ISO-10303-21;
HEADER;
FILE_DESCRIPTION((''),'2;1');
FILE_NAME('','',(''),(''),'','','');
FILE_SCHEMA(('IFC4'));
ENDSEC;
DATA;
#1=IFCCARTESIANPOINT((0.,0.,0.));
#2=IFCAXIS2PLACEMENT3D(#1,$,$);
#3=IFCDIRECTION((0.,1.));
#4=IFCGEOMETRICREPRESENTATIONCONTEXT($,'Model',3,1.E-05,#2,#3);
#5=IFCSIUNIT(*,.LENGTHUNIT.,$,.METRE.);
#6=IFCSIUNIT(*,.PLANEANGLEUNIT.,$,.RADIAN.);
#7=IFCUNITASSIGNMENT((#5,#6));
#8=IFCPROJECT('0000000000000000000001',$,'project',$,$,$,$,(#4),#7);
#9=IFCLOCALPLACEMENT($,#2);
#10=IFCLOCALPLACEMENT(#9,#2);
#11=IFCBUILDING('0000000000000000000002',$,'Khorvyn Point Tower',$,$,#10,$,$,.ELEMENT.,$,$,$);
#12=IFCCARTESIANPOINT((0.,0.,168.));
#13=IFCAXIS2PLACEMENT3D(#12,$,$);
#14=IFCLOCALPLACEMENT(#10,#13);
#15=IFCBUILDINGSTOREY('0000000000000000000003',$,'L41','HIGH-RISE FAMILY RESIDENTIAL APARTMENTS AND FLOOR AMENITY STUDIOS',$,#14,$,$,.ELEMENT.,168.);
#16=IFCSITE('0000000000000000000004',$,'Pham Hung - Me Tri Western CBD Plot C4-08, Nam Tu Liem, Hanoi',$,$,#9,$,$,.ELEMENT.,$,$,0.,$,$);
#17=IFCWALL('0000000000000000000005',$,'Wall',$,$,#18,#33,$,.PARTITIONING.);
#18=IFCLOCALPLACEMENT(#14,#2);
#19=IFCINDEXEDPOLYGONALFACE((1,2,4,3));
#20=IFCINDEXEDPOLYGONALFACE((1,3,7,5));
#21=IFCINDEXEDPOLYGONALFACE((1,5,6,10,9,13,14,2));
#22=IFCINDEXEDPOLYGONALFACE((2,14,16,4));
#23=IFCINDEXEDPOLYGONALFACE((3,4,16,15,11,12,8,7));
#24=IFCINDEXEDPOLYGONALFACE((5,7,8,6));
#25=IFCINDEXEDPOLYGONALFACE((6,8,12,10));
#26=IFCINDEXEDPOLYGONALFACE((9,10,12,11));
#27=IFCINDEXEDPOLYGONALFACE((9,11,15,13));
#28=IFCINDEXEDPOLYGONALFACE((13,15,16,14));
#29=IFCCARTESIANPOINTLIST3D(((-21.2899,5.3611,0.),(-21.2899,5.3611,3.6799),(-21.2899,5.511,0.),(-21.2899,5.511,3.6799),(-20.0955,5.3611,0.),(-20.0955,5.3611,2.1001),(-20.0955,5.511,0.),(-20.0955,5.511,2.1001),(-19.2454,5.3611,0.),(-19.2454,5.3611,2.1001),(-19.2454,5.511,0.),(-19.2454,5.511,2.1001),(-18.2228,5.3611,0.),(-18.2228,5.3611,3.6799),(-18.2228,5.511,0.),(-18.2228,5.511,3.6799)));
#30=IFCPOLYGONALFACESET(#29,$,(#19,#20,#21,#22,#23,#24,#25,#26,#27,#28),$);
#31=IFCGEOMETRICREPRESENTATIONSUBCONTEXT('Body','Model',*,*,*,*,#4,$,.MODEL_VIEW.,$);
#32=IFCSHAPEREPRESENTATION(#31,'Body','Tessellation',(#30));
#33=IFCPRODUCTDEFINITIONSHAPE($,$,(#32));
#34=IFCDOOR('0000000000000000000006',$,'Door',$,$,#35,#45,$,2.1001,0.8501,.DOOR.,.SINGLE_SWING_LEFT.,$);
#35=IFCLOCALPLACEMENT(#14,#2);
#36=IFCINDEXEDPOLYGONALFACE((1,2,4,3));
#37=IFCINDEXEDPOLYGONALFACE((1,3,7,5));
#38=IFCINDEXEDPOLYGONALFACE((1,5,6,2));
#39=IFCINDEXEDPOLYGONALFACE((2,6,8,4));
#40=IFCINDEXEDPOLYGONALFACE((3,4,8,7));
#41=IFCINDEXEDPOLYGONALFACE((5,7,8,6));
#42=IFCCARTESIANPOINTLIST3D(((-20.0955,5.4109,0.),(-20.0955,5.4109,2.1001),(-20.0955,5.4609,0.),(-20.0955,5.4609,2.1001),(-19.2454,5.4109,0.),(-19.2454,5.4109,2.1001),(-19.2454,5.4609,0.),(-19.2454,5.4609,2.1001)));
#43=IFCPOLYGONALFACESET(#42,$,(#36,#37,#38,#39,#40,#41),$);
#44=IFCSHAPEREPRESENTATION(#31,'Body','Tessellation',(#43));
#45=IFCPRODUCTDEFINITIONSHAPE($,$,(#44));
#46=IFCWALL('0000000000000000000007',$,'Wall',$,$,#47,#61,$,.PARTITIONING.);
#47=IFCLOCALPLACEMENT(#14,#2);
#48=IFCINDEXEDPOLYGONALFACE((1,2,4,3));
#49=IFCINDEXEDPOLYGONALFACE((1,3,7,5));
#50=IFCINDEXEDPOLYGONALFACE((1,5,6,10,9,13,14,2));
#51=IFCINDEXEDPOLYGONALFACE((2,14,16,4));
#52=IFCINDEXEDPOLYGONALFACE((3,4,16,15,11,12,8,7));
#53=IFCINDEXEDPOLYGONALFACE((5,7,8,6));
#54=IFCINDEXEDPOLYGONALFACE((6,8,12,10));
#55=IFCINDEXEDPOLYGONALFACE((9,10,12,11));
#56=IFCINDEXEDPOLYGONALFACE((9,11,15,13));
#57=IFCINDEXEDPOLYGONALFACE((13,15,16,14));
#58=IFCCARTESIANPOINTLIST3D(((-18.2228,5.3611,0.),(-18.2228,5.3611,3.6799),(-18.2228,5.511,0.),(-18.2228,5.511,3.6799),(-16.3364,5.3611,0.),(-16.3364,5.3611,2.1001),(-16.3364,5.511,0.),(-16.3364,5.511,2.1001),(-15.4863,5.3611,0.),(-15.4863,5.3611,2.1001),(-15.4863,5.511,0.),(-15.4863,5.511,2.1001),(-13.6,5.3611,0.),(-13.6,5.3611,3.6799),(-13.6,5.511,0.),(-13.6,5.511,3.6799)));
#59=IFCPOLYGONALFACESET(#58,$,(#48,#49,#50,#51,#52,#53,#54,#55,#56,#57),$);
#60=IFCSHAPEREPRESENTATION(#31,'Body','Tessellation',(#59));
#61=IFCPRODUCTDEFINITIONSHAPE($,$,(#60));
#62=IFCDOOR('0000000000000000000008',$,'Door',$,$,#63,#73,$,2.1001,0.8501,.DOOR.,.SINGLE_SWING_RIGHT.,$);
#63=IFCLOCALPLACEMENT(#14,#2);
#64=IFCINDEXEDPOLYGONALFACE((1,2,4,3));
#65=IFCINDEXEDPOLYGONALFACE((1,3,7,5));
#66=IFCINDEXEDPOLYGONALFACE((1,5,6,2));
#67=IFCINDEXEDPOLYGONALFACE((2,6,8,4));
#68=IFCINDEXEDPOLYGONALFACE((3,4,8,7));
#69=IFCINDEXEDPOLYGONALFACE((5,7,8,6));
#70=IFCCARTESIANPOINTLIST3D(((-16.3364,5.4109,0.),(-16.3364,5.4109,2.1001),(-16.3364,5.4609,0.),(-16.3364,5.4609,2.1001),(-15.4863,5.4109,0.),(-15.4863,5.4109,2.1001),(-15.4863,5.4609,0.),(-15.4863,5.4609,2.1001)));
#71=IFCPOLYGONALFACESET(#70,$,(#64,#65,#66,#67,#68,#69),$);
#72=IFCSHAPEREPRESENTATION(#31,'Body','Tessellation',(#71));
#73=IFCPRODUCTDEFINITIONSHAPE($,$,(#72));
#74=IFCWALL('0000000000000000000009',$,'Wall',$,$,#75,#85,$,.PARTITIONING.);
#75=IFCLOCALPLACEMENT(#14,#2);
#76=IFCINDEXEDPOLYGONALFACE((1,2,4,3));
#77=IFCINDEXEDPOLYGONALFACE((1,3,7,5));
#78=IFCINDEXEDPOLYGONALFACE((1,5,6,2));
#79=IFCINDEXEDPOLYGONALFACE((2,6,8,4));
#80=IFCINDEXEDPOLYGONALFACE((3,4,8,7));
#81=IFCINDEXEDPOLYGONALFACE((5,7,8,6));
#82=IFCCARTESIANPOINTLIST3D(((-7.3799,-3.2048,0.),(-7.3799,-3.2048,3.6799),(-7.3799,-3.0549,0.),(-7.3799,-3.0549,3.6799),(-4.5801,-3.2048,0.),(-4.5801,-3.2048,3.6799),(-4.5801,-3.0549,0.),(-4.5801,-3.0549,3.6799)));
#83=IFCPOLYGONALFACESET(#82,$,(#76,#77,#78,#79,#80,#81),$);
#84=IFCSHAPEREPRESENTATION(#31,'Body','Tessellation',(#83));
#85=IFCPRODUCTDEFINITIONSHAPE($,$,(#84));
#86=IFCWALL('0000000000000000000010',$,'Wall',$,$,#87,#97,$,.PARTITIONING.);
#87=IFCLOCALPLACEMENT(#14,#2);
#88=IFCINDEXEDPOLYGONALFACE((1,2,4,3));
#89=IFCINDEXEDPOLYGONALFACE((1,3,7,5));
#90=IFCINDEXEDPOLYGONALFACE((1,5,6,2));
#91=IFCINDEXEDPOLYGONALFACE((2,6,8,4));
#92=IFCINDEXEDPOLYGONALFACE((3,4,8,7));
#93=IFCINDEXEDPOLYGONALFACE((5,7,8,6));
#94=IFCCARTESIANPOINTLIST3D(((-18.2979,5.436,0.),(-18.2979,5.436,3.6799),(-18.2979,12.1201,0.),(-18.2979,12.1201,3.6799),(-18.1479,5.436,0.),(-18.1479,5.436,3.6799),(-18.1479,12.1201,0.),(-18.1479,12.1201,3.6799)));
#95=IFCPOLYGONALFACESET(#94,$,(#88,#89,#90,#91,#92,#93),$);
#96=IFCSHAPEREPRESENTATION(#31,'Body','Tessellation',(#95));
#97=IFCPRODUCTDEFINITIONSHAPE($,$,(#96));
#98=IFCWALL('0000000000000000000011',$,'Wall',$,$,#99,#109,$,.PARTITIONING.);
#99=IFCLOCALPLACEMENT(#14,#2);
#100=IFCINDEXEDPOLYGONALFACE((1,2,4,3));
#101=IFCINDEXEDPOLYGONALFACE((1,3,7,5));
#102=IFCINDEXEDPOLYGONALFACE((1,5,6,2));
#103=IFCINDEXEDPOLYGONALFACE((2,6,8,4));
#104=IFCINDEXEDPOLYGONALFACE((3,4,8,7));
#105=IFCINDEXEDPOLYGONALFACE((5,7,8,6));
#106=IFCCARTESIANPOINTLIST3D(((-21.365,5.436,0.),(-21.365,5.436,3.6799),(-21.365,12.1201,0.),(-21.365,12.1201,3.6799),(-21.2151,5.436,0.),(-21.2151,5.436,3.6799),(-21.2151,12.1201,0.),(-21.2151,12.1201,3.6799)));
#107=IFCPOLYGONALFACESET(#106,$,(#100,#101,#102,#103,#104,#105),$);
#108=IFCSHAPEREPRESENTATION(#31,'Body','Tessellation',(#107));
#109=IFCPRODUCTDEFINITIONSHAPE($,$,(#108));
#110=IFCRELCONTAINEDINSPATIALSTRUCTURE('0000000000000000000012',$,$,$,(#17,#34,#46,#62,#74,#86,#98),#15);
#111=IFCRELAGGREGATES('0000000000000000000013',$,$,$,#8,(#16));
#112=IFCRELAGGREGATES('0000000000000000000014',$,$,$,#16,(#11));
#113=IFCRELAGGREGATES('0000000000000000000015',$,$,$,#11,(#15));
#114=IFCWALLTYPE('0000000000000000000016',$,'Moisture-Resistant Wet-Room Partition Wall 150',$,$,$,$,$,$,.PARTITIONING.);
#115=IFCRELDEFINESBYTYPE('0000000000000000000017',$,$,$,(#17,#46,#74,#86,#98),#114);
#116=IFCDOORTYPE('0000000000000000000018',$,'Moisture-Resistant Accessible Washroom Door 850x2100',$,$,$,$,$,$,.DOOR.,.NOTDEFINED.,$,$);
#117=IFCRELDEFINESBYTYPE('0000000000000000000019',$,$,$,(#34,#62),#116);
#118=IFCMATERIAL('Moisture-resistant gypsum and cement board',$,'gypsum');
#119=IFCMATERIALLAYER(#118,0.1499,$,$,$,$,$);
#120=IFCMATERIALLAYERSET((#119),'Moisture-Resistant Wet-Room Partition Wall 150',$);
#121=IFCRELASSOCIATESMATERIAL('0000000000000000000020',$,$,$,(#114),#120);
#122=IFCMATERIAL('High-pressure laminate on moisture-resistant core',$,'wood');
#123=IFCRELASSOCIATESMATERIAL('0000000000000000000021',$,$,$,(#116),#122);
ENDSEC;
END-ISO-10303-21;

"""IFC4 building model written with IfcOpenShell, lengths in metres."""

from ifc_helpers import new_model, si_unit, direction, frame, frame_2d, origin, place, context, subcontext, project, spatial, rectangle, extrude, material, layer, layer_set, type_object, element, fill, save


model = new_model("IFC4")

# Units and contexts
model_context = context("Model", 3, precision=1e-05, world=origin(), true_north=direction((0.0, 1.0)))
body_context = subcontext(model_context, "Body", "Model", "MODEL_VIEW")
ifc_project = project(units=[si_unit("LENGTHUNIT", "METRE"), si_unit("PLANEANGLEUNIT", "RADIAN")], contexts=[model_context])

# Site, building, storey
site_placement = place(None, origin())
site = spatial("IfcSite", under=ifc_project, at=site_placement, Name="Pham Hung - Me Tri Western CBD Plot C4-08, Nam Tu Liem, Hanoi", CompositionType="ELEMENT", RefElevation=0.0)
building_placement = place(site_placement, origin())
building = spatial("IfcBuilding", under=site, at=building_placement, Name="Khorvyn Point Tower", CompositionType="ELEMENT")
storey_placement = place(building_placement, frame((0.0, 0.0, 168.0)))
storey = spatial("IfcBuildingStorey", under=building, at=storey_placement, Name="L41", Description="HIGH-RISE FAMILY RESIDENTIAL APARTMENTS AND FLOOR AMENITY STUDIOS", CompositionType="ELEMENT", Elevation=168.0)

# Walls, openings, doors
ifc_material_1 = material(Name="Moisture-resistant gypsum and cement board", Category="gypsum")
ifc_layer_1 = layer(ifc_material_1, 0.1499)
ifc_layer_set_1 = layer_set([ifc_layer_1], Name="Moisture-Resistant Wet-Room Partition Wall 150")
wall_type_1 = type_object("IfcWallType", Name="Moisture-Resistant Wet-Room Partition Wall 150", PredefinedType="PARTITIONING", material=ifc_layer_set_1)
wall_1_placement = place(storey_placement, frame((-21.29, 5.436, 0.0), z_axis=(0.0, 0.0, 1.0), x_axis=(1.0, 0.0, 0.0)))
wall_1 = element("IfcWall", 1, at=wall_1_placement, inside=storey, type_object=wall_type_1, Name="Wall", PredefinedType="PARTITIONING", context=body_context, shape_type="SweptSolid", body=[
    extrude(rectangle(XDim=3.0671, YDim=0.1499, at=frame_2d((1.5337, 0.0))), origin(), (0.0, 0.0, 1.0), 3.6799),
])
opening_1_placement = place(wall_1_placement, frame((1.1946, 0.0, 0.0)))
opening_1 = element("IfcOpeningElement", 2, at=opening_1_placement, cuts=wall_1, PredefinedType="OPENING", context=body_context, shape_type="SweptSolid", body=[
    extrude(rectangle(XDim=0.8501, YDim=2.1001, at=frame_2d((0.425, 1.05))), frame((0.0, 0.085, 0.0), z_axis=(0.0, -1.0, 0.0), x_axis=(1.0, 0.0, 0.0)), (0.0, 0.0, 1.0), 0.1699),
])
ifc_material_2 = material(Name="High-pressure laminate on moisture-resistant core", Category="wood")
door_type_1 = type_object("IfcDoorType", Name="Moisture-Resistant Accessible Washroom Door 850x2100", OperationType="NOTDEFINED", PredefinedType="DOOR", material=ifc_material_2)
door_1_placement = place(opening_1_placement, origin())
door_1 = element("IfcDoor", 3, at=door_1_placement, inside=storey, type_object=door_type_1, Name="Door", OperationType="SINGLE_SWING_LEFT", OverallHeight=2.1001, OverallWidth=0.8501, PredefinedType="DOOR", context=body_context, shape_type="SweptSolid", body=[
    extrude(rectangle(XDim=0.8501, YDim=2.1001, at=frame_2d((0.425, 1.05))), frame((0.0, 0.0249, 0.0), z_axis=(0.0, -1.0, 0.0), x_axis=(1.0, 0.0, 0.0)), (0.0, 0.0, 1.0), 0.05),
])
fill(opening_1, door_1)
wall_2_placement = place(storey_placement, frame((-18.2229, 5.436, 0.0), z_axis=(0.0, 0.0, 1.0), x_axis=(1.0, 0.0, 0.0)))
wall_2 = element("IfcWall", 4, at=wall_2_placement, inside=storey, type_object=wall_type_1, Name="Wall", PredefinedType="PARTITIONING", context=body_context, shape_type="SweptSolid", body=[
    extrude(rectangle(XDim=4.6228, YDim=0.1499, at=frame_2d((2.3115, 0.0))), origin(), (0.0, 0.0, 1.0), 3.6799),
])
opening_2_placement = place(wall_2_placement, frame((1.8865, 0.0, 0.0)))
opening_2 = element("IfcOpeningElement", 5, at=opening_2_placement, cuts=wall_2, PredefinedType="OPENING", context=body_context, shape_type="SweptSolid", body=[
    extrude(rectangle(XDim=0.8501, YDim=2.1001, at=frame_2d((0.425, 1.05))), frame((0.0, 0.085, 0.0), z_axis=(0.0, -1.0, 0.0), x_axis=(1.0, 0.0, 0.0)), (0.0, 0.0, 1.0), 0.1699),
])
door_2_placement = place(opening_2_placement, origin())
door_2 = element("IfcDoor", 6, at=door_2_placement, inside=storey, type_object=door_type_1, Name="Door", OperationType="SINGLE_SWING_RIGHT", OverallHeight=2.1001, OverallWidth=0.8501, PredefinedType="DOOR", context=body_context, shape_type="SweptSolid", body=[
    extrude(rectangle(XDim=0.8501, YDim=2.1001, at=frame_2d((0.425, 1.05))), frame((0.0, 0.0249, 0.0), z_axis=(0.0, -1.0, 0.0), x_axis=(1.0, 0.0, 0.0)), (0.0, 0.0, 1.0), 0.05),
])
fill(opening_2, door_2)

# Walls
wall_3_placement = place(storey_placement, frame((-7.3799, -3.1299, 0.0), z_axis=(0.0, 0.0, 1.0), x_axis=(1.0, 0.0, 0.0)))
element("IfcWall", 7, at=wall_3_placement, inside=storey, type_object=wall_type_1, Name="Wall", PredefinedType="PARTITIONING", context=body_context, shape_type="SweptSolid", body=[
    extrude(rectangle(XDim=2.7998, YDim=0.1499, at=frame_2d((1.3999, 0.0))), origin(), (0.0, 0.0, 1.0), 3.6799),
])
for number, where, z_axis, x_axis, name in (
    (8, (-18.2229, 5.436, 0.0), (0.0, 0.0, 1.0), (0.0, 1.0, 0.0), "Wall"),
    (9, (-21.29, 5.436, 0.0), (0.0, 0.0, 1.0), (0.0, 1.0, 0.0), "Wall"),
):
    element("IfcWall", number, at=place(storey_placement, frame(where, z_axis=z_axis, x_axis=x_axis)), inside=storey, type_object=wall_type_1, Name=name, PredefinedType="PARTITIONING", context=body_context, shape_type="SweptSolid", body=[
        extrude(rectangle(XDim=6.6841, YDim=0.1499, at=frame_2d((3.342, 0.0))), origin(), (0.0, 0.0, 1.0), 3.6799),
    ])

save(model, "model.ifc")
